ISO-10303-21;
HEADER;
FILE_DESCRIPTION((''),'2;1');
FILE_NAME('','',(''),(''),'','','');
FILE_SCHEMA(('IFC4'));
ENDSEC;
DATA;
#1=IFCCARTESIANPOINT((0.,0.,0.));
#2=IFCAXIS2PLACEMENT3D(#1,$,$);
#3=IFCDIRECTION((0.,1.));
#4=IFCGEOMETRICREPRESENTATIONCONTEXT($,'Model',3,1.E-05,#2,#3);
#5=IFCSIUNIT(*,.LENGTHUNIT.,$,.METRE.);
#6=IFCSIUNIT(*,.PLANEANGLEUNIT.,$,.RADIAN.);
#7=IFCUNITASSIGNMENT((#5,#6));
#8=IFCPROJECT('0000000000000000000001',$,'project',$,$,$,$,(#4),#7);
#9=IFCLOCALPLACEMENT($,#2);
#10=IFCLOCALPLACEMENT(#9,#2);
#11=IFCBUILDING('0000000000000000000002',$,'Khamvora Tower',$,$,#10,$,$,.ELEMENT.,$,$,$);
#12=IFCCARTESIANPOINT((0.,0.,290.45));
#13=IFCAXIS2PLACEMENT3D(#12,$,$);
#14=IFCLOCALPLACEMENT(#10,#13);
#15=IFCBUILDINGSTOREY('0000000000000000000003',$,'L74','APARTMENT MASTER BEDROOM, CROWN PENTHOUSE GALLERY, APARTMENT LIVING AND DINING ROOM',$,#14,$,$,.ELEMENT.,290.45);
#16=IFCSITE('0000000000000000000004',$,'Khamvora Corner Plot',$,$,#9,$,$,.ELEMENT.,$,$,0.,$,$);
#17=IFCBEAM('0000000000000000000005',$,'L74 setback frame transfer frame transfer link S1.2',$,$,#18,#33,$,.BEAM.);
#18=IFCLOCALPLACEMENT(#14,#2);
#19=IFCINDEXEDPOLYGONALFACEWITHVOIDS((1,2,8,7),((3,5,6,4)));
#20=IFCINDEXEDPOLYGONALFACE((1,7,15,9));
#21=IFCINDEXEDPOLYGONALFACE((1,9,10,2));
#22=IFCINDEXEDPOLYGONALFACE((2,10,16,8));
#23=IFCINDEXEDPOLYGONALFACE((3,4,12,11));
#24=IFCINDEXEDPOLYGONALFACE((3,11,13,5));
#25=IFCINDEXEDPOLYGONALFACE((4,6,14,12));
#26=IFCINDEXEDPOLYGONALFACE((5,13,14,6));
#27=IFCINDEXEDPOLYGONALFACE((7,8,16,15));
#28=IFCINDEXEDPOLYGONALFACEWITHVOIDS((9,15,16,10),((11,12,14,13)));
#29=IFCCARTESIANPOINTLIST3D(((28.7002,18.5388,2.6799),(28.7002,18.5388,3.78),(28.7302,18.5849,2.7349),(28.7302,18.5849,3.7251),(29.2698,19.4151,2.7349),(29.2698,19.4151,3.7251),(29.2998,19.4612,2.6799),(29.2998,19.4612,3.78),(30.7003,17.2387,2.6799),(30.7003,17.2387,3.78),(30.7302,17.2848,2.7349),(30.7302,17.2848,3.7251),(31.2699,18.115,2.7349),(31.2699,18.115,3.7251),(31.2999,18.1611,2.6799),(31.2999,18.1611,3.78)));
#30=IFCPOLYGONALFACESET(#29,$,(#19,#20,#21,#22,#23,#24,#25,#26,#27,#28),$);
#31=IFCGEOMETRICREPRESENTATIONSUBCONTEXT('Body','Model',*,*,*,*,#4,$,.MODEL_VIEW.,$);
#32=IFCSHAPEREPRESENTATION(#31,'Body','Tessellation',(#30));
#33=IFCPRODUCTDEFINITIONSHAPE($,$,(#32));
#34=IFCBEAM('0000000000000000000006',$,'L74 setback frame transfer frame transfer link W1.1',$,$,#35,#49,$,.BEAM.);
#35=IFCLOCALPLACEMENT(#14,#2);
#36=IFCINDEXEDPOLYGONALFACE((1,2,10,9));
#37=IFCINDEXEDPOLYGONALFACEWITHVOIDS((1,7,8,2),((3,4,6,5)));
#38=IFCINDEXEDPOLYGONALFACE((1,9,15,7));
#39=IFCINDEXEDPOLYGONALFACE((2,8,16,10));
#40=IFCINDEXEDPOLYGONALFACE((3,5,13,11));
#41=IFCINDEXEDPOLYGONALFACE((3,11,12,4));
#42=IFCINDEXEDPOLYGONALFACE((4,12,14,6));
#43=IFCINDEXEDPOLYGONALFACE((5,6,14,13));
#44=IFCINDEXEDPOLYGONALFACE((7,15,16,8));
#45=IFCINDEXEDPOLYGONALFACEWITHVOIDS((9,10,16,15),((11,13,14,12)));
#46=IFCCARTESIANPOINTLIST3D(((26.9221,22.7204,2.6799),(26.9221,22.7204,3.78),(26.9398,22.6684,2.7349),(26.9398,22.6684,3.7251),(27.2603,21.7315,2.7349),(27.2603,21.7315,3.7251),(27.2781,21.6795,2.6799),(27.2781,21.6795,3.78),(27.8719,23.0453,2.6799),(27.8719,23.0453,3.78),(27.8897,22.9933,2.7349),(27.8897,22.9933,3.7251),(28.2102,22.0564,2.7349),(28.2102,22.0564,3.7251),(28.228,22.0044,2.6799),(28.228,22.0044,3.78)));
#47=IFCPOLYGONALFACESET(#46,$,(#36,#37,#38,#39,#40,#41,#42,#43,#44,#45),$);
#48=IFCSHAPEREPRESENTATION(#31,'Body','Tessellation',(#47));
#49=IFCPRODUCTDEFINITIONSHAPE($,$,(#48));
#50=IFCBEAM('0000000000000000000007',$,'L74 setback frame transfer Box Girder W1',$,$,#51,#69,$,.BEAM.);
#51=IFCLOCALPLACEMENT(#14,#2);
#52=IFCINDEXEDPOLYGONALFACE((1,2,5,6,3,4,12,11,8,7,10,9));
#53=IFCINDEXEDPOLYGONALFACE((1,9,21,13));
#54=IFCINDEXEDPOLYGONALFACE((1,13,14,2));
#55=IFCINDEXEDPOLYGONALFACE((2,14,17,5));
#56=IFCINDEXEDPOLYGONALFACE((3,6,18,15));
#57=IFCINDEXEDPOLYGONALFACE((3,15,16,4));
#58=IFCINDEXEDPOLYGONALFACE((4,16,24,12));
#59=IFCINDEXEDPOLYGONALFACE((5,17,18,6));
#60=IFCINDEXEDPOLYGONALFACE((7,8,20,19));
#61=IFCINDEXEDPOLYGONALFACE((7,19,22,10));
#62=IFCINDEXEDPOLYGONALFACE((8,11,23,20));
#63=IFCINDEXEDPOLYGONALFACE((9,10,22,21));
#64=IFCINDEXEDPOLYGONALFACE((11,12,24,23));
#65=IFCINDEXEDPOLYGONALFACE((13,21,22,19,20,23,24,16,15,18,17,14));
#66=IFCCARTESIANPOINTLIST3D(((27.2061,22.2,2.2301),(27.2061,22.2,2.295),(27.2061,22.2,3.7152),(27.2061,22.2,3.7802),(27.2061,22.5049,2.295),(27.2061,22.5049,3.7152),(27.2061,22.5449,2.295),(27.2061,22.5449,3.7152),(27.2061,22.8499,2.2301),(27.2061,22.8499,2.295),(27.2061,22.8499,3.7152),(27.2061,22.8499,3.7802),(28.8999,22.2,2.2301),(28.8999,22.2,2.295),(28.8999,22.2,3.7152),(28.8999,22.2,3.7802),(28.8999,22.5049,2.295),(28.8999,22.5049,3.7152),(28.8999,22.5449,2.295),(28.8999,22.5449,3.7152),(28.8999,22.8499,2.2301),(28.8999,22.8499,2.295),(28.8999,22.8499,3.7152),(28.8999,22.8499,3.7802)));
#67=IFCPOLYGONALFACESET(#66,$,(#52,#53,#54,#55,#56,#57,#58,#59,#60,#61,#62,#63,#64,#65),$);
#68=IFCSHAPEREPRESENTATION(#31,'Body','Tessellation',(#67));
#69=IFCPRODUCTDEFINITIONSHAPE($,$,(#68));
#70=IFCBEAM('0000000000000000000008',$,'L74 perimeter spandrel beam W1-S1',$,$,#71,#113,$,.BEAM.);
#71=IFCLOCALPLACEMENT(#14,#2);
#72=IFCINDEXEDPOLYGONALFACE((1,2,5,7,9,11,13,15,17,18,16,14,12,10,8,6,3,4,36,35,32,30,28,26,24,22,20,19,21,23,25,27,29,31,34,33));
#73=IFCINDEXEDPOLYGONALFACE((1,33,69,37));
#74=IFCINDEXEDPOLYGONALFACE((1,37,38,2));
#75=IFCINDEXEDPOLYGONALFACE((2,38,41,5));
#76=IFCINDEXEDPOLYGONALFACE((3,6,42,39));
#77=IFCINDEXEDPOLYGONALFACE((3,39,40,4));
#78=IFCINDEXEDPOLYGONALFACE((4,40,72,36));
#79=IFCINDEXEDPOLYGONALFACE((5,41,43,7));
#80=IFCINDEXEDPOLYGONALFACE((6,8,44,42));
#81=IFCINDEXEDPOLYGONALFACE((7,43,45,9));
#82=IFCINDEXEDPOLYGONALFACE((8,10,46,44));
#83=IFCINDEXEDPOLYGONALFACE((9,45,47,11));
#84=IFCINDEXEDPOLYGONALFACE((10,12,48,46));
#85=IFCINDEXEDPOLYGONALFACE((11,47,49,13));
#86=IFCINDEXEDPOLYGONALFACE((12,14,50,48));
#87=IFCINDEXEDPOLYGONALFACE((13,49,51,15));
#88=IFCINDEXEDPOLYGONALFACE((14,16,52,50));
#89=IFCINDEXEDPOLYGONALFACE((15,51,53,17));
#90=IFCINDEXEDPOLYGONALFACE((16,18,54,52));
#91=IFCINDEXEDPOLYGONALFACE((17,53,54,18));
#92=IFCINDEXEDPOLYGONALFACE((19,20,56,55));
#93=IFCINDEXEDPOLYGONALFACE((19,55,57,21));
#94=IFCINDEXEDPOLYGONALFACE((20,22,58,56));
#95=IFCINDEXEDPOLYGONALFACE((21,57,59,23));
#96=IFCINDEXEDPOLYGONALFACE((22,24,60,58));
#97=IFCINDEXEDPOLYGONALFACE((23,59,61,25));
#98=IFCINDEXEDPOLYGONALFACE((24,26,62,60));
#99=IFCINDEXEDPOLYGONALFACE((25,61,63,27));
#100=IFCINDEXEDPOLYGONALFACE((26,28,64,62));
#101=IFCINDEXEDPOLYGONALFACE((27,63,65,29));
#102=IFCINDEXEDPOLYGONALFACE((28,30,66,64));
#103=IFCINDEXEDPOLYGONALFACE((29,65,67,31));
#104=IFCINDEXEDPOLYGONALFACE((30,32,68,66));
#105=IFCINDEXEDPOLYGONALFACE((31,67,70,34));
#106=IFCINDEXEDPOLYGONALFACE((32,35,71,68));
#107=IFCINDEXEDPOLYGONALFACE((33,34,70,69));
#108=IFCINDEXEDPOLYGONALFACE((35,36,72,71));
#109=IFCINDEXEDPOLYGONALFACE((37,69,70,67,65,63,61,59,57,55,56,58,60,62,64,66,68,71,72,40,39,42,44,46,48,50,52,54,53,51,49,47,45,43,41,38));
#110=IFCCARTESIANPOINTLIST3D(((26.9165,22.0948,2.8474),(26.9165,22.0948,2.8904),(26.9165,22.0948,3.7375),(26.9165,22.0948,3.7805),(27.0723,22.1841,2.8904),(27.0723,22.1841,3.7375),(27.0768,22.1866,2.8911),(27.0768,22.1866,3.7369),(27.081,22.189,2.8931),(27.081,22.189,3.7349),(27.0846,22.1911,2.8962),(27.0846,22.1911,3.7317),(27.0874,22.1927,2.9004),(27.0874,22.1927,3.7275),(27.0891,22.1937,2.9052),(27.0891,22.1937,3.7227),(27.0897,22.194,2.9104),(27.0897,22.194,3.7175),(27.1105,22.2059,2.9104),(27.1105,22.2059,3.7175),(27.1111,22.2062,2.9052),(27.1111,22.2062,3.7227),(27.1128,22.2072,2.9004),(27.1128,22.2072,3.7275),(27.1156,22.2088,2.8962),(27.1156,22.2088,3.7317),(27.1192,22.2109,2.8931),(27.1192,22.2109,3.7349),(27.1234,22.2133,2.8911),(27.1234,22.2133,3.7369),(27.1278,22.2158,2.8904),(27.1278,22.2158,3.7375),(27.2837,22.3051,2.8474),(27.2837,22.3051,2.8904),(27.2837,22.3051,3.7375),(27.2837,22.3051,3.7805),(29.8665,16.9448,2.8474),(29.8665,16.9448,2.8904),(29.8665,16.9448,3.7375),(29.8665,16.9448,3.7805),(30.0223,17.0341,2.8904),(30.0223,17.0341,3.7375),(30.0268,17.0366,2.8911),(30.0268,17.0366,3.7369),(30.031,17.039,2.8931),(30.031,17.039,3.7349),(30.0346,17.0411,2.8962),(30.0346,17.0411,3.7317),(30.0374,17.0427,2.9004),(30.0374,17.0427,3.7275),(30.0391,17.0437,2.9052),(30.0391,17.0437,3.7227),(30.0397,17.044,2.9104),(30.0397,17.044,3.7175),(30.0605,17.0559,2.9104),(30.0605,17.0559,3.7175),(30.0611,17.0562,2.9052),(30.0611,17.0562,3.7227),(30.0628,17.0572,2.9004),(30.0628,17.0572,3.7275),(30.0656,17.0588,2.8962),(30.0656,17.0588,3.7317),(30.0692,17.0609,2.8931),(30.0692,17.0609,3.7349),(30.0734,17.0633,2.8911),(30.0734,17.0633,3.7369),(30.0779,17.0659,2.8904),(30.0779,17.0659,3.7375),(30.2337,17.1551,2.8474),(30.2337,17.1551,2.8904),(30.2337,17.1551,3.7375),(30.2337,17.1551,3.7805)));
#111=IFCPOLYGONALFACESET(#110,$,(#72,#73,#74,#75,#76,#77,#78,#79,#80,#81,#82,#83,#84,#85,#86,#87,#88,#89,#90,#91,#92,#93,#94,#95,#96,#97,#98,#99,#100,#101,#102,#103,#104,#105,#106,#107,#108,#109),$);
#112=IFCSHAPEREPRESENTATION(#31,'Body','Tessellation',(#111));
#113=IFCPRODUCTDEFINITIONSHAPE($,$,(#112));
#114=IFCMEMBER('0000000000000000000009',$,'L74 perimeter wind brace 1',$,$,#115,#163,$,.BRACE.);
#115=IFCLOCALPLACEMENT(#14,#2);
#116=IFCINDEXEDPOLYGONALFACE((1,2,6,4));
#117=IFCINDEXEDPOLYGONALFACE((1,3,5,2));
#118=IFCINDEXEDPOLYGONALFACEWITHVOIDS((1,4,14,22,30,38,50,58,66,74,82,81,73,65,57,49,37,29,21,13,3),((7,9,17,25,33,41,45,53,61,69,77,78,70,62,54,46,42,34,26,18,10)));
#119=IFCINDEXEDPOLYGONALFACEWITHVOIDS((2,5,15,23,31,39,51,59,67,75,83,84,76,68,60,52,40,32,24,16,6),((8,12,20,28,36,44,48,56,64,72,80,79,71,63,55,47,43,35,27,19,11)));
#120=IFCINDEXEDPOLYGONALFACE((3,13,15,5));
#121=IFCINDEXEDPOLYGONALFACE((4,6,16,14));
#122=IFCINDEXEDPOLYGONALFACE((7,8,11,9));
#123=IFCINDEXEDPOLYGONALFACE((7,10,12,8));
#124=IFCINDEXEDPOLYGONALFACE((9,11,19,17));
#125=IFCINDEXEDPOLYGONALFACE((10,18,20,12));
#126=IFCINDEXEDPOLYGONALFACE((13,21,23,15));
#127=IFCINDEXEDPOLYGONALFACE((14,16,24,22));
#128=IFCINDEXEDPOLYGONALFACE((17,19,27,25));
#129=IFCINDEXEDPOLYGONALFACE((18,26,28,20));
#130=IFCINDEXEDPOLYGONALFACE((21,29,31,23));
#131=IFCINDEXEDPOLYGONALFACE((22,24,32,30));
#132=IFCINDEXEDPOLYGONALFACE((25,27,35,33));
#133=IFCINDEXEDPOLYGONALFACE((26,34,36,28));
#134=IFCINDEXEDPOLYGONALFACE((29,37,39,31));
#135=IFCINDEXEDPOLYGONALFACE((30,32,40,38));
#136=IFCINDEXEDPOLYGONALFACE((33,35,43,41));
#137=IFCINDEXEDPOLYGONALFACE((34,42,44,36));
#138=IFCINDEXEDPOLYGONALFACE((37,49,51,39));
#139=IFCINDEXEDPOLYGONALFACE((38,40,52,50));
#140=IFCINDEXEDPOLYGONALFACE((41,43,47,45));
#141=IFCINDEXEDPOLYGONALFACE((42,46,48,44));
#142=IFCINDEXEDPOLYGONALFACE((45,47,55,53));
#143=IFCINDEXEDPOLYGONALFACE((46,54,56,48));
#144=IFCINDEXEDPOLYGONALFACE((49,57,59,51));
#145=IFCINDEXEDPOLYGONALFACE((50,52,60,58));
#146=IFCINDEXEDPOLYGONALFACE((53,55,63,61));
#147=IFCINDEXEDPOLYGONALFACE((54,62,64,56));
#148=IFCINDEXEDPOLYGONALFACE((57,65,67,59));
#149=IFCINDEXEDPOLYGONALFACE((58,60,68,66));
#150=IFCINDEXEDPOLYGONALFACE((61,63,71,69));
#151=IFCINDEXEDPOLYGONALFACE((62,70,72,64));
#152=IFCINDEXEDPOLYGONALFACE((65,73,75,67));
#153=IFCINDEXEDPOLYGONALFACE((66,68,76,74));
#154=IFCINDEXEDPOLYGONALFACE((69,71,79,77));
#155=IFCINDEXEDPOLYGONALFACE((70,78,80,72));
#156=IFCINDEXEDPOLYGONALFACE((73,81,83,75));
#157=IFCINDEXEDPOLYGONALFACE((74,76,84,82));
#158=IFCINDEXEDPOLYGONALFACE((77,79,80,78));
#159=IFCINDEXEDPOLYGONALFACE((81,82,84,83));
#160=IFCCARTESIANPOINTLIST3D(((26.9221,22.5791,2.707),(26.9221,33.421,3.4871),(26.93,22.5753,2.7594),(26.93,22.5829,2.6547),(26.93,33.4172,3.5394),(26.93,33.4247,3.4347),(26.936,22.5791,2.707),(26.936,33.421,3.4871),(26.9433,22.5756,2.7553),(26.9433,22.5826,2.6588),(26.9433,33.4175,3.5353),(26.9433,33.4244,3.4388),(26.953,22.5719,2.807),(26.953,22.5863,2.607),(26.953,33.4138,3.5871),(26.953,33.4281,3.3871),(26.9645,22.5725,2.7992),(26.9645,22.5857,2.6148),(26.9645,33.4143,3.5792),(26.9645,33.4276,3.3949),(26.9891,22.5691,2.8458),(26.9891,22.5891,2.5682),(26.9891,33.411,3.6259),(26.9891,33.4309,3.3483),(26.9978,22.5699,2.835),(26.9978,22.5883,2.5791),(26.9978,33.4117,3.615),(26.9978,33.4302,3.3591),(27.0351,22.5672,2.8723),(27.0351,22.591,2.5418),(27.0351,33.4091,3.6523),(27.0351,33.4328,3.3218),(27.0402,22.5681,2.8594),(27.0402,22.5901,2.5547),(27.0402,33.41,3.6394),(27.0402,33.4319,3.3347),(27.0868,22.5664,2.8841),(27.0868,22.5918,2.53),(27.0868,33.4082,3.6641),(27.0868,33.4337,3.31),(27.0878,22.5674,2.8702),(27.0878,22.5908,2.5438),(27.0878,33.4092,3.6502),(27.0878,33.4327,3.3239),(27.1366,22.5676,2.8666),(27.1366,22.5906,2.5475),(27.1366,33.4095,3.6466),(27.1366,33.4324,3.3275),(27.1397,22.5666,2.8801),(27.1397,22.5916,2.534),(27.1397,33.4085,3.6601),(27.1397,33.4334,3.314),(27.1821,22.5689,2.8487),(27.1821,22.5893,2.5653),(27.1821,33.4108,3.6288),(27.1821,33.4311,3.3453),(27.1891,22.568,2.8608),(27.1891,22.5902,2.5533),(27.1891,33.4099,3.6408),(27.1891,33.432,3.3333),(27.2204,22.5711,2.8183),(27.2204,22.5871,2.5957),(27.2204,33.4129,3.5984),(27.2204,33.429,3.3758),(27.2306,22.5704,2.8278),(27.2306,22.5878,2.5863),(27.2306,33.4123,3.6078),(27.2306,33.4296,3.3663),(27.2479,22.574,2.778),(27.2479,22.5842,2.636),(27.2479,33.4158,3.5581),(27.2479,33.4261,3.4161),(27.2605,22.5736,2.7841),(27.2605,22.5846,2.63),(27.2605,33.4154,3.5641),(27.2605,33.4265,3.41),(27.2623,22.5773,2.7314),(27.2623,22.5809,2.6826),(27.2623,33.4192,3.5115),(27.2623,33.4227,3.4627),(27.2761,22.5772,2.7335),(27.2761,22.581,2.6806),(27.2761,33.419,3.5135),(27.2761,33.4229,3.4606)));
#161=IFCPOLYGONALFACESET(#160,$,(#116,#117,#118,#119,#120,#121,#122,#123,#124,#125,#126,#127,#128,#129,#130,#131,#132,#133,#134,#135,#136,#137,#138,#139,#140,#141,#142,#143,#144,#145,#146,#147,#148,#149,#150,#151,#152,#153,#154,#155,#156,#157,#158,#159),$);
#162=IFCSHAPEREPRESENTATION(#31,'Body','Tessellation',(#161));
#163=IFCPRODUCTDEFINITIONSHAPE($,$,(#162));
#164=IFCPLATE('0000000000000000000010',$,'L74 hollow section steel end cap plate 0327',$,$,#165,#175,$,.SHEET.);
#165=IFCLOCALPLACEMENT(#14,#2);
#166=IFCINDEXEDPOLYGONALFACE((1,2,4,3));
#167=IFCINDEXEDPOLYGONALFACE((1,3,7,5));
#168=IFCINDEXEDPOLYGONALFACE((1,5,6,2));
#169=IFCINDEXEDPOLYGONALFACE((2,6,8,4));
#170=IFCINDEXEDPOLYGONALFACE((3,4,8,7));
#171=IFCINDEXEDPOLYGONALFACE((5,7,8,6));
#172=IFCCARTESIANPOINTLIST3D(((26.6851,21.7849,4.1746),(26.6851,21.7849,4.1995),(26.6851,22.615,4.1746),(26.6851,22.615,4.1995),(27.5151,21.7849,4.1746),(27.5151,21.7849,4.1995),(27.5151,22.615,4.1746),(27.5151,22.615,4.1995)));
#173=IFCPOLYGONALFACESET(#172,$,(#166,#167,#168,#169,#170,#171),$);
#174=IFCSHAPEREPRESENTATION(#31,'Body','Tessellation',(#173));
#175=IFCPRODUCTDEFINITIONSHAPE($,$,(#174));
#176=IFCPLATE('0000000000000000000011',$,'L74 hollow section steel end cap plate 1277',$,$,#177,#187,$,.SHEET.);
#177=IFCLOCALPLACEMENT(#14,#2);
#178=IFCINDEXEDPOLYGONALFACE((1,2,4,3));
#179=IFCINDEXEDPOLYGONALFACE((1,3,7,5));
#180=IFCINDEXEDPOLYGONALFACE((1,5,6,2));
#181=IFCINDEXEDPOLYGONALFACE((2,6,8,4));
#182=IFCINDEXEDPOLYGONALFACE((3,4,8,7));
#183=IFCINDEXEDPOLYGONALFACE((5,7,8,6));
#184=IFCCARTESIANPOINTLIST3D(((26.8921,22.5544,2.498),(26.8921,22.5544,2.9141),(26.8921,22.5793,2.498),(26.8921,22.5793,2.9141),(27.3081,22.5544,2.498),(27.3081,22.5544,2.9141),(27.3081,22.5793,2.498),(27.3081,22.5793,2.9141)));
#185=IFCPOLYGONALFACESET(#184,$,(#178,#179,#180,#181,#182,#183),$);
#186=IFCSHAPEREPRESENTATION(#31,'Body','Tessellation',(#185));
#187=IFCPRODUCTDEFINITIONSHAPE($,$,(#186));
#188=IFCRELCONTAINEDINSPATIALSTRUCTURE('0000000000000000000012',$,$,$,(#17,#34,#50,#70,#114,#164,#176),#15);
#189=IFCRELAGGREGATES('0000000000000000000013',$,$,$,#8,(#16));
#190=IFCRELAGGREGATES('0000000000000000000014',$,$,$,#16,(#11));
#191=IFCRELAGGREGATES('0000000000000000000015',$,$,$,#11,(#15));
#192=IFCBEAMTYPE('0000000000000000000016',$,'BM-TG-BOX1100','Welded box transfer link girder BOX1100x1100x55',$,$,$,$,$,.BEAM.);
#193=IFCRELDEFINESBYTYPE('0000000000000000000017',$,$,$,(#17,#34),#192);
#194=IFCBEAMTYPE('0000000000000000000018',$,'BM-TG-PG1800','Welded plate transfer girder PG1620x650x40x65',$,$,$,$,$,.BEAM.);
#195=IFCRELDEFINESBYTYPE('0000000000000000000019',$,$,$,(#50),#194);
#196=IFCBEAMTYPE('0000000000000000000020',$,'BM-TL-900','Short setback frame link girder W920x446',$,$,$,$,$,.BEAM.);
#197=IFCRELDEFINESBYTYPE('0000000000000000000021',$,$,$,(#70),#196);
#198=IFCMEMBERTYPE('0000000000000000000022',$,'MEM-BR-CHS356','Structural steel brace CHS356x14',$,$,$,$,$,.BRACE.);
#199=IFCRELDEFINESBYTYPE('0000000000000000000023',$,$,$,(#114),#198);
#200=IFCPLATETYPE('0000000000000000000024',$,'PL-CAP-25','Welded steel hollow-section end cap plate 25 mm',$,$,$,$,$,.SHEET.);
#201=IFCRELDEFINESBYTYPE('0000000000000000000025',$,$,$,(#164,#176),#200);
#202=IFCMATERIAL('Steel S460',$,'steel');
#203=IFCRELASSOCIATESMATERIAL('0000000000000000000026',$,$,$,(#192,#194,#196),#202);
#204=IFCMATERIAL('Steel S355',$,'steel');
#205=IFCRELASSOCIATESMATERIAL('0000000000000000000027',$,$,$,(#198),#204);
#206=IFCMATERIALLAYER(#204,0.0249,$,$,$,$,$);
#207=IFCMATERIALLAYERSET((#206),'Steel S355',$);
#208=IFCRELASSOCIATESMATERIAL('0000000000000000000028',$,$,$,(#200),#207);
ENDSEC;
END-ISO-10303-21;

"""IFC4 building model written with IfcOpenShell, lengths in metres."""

from ifc_helpers import new_model, si_unit, direction, frame, origin, origin_2d, place, context, subcontext, project, spatial, rectangle, hollow_rectangle, hollow_circle, i_section, extrude, material, layer, layer_set, material_profile, profile_set, type_object, element, save


model = new_model("IFC4")

# Units and contexts
model_context = context("Model", 3, precision=1e-05, world=origin(), true_north=direction((0.0, 1.0)))
body_context = subcontext(model_context, "Body", "Model", "MODEL_VIEW")
ifc_project = project(units=[si_unit("LENGTHUNIT", "METRE"), si_unit("PLANEANGLEUNIT", "RADIAN")], contexts=[model_context])

# Site, building, storey
site_placement = place(None, origin())
site = spatial("IfcSite", under=ifc_project, at=site_placement, Name="Khamvora Corner Plot", CompositionType="ELEMENT", RefElevation=0.0)
building_placement = place(site_placement, origin())
building = spatial("IfcBuilding", under=site, at=building_placement, Name="Khamvora Tower", CompositionType="ELEMENT")
storey_placement = place(building_placement, frame((0.0, 0.0, 290.45)))
storey = spatial("IfcBuildingStorey", under=building, at=storey_placement, Name="L74", Description="APARTMENT MASTER BEDROOM, CROWN PENTHOUSE GALLERY, APARTMENT LIVING AND DINING ROOM", CompositionType="ELEMENT", Elevation=290.45)

# Shared definitions
ifc_material_1 = material(Name="Steel S355", Category="steel")

# Beams
ifc_material_2 = material(Name="Steel S460", Category="steel")
ifc_material_profile_1 = material_profile(ifc_material_2, hollow_rectangle(XDim=1.1001, YDim=1.1001, WallThickness=0.0549, at=origin_2d()), Name="BOX1100x1100x55")
ifc_profile_set_1 = profile_set([ifc_material_profile_1], Name="Steel S460")
beam_type_1 = type_object("IfcBeamType", Name="BM-TG-BOX1100", Description="Welded box transfer link girder BOX1100x1100x55", PredefinedType="BEAM", material=ifc_profile_set_1)
beam_1_placement = place(storey_placement, frame((29.0, 19.0, 3.23), z_axis=(0.838434, -0.545003, 0.0), x_axis=(0.545003, 0.838434, 0.0)))
element("IfcBeam", 1, at=beam_1_placement, inside=storey, type_object=beam_type_1, Name="L74 setback frame transfer frame transfer link S1.2", PredefinedType="BEAM", context=body_context, shape_type="SweptSolid", body=[
    extrude(hollow_rectangle(XDim=1.1001, YDim=1.1001, WallThickness=0.0549, at=origin_2d()), origin(), (0.0, 0.0, 1.0), 2.3855),
])
beam_2_placement = place(storey_placement, frame((27.1001, 22.2, 3.23), z_axis=(0.946174, 0.323659, 0.0), x_axis=(-0.323659, 0.946174, 0.0)))
element("IfcBeam", 2, at=beam_2_placement, inside=storey, type_object=beam_type_1, Name="L74 setback frame transfer frame transfer link W1.1", PredefinedType="BEAM", context=body_context, shape_type="SweptSolid", body=[
    extrude(hollow_rectangle(XDim=1.1001, YDim=1.1001, WallThickness=0.0549, at=origin_2d()), origin(), (0.0, 0.0, 1.0), 1.0039),
])
ifc_material_profile_2 = material_profile(ifc_material_2, i_section(OverallWidth=0.6499, OverallDepth=1.55, WebThickness=0.04, FlangeThickness=0.0649, at=origin_2d()), Name="PG1550x650x40x65")
ifc_profile_set_2 = profile_set([ifc_material_profile_2], Name="Steel S460")
beam_type_2 = type_object("IfcBeamType", Name="BM-TG-PG1800", Description="Welded plate transfer girder PG1620x650x40x65", PredefinedType="BEAM", material=ifc_profile_set_2)
beam_3_placement = place(storey_placement, frame((27.2061, 22.5249, 3.0051), z_axis=(1.0, 0.0, 0.0), x_axis=(0.0, 1.0, 0.0)))
element("IfcBeam", 3, at=beam_3_placement, inside=storey, type_object=beam_type_2, Name="L74 setback frame transfer Box Girder W1", PredefinedType="BEAM", context=body_context, shape_type="SweptSolid", body=[
    extrude(i_section(OverallWidth=0.6499, OverallDepth=1.55, WebThickness=0.04, FlangeThickness=0.0649, at=origin_2d()), origin(), (0.0, 0.0, 1.0), 1.6938),
])
ifc_material_profile_3 = material_profile(ifc_material_2, i_section(OverallWidth=0.4231, OverallDepth=0.9331, WebThickness=0.0239, FlangeThickness=0.043, FilletRadius=0.02, at=origin_2d()), Name="W920x446")
ifc_profile_set_3 = profile_set([ifc_material_profile_3], Name="Steel S460")
beam_type_3 = type_object("IfcBeamType", Name="BM-TL-900", Description="Short setback frame link girder W920x446", PredefinedType="BEAM", material=ifc_profile_set_3)
beam_4_placement = place(storey_placement, frame((27.1001, 22.2, 3.314), z_axis=(0.497047, -0.867724, 0.0), x_axis=(0.867724, 0.497047, 0.0)))
element("IfcBeam", 4, at=beam_4_placement, inside=storey, type_object=beam_type_3, Name="L74 perimeter spandrel beam W1-S1", PredefinedType="BEAM", context=body_context, shape_type="SweptSolid", body=[
    extrude(i_section(OverallWidth=0.4231, OverallDepth=0.9331, WebThickness=0.0239, FlangeThickness=0.043, FilletRadius=0.02, at=origin_2d()), origin(), (0.0, 0.0, 1.0), 5.9351),
])

# Member
ifc_material_profile_4 = material_profile(ifc_material_1, hollow_circle(Radius=0.178, WallThickness=0.0139, at=origin_2d()), Name="CHS356x14")
ifc_profile_set_4 = profile_set([ifc_material_profile_4], Name="Steel S355")
member_type = type_object("IfcMemberType", Name="MEM-BR-CHS356", Description="Structural steel brace CHS356x14", PredefinedType="BRACE", material=ifc_profile_set_4)
member_placement = place(storey_placement, frame((27.1001, 22.5791, 2.707), z_axis=(0.0, 0.997422, 0.071761), x_axis=(-1.0, 0.0, 0.0)))
element("IfcMember", 5, at=member_placement, inside=storey, type_object=member_type, Name="L74 perimeter wind brace 1", PredefinedType="BRACE", context=body_context, shape_type="SweptSolid", body=[
    extrude(hollow_circle(Radius=0.178, WallThickness=0.0139, at=origin_2d()), origin(), (0.0, 0.0, 1.0), 10.8699),
])

# Plates
ifc_layer_1 = layer(ifc_material_1, 0.0249)
ifc_layer_set_1 = layer_set([ifc_layer_1], Name="Steel S355")
plate_type_1 = type_object("IfcPlateType", Name="PL-CAP-25", Description="Welded steel hollow-section end cap plate 25 mm", PredefinedType="SHEET", material=ifc_layer_set_1)
plate_1_placement = place(storey_placement, frame((27.1001, 22.2, 4.1746), z_axis=(0.0, 0.0, 1.0), x_axis=(1.0, 0.0, 0.0)))
element("IfcPlate", 6, at=plate_1_placement, inside=storey, type_object=plate_type_1, Name="L74 hollow section steel end cap plate 0327", PredefinedType="SHEET", context=body_context, shape_type="SweptSolid", body=[
    extrude(rectangle(XDim=0.8301, YDim=0.8301, at=origin_2d()), origin(), (0.0, 0.0, 1.0), 0.0249),
])
plate_2_placement = place(storey_placement, frame((27.1001, 22.5669, 2.498), z_axis=(0.0, 0.0, 1.0), x_axis=(0.0, 1.0, 0.0)))
element("IfcPlate", 7, at=plate_2_placement, inside=storey, type_object=plate_type_1, Name="L74 hollow section steel end cap plate 1277", PredefinedType="SHEET", context=body_context, shape_type="SweptSolid", body=[
    extrude(rectangle(XDim=0.0249, YDim=0.416, at=origin_2d()), origin(), (0.0, 0.0, 1.0), 0.416),
])

save(model, "model.ifc")
